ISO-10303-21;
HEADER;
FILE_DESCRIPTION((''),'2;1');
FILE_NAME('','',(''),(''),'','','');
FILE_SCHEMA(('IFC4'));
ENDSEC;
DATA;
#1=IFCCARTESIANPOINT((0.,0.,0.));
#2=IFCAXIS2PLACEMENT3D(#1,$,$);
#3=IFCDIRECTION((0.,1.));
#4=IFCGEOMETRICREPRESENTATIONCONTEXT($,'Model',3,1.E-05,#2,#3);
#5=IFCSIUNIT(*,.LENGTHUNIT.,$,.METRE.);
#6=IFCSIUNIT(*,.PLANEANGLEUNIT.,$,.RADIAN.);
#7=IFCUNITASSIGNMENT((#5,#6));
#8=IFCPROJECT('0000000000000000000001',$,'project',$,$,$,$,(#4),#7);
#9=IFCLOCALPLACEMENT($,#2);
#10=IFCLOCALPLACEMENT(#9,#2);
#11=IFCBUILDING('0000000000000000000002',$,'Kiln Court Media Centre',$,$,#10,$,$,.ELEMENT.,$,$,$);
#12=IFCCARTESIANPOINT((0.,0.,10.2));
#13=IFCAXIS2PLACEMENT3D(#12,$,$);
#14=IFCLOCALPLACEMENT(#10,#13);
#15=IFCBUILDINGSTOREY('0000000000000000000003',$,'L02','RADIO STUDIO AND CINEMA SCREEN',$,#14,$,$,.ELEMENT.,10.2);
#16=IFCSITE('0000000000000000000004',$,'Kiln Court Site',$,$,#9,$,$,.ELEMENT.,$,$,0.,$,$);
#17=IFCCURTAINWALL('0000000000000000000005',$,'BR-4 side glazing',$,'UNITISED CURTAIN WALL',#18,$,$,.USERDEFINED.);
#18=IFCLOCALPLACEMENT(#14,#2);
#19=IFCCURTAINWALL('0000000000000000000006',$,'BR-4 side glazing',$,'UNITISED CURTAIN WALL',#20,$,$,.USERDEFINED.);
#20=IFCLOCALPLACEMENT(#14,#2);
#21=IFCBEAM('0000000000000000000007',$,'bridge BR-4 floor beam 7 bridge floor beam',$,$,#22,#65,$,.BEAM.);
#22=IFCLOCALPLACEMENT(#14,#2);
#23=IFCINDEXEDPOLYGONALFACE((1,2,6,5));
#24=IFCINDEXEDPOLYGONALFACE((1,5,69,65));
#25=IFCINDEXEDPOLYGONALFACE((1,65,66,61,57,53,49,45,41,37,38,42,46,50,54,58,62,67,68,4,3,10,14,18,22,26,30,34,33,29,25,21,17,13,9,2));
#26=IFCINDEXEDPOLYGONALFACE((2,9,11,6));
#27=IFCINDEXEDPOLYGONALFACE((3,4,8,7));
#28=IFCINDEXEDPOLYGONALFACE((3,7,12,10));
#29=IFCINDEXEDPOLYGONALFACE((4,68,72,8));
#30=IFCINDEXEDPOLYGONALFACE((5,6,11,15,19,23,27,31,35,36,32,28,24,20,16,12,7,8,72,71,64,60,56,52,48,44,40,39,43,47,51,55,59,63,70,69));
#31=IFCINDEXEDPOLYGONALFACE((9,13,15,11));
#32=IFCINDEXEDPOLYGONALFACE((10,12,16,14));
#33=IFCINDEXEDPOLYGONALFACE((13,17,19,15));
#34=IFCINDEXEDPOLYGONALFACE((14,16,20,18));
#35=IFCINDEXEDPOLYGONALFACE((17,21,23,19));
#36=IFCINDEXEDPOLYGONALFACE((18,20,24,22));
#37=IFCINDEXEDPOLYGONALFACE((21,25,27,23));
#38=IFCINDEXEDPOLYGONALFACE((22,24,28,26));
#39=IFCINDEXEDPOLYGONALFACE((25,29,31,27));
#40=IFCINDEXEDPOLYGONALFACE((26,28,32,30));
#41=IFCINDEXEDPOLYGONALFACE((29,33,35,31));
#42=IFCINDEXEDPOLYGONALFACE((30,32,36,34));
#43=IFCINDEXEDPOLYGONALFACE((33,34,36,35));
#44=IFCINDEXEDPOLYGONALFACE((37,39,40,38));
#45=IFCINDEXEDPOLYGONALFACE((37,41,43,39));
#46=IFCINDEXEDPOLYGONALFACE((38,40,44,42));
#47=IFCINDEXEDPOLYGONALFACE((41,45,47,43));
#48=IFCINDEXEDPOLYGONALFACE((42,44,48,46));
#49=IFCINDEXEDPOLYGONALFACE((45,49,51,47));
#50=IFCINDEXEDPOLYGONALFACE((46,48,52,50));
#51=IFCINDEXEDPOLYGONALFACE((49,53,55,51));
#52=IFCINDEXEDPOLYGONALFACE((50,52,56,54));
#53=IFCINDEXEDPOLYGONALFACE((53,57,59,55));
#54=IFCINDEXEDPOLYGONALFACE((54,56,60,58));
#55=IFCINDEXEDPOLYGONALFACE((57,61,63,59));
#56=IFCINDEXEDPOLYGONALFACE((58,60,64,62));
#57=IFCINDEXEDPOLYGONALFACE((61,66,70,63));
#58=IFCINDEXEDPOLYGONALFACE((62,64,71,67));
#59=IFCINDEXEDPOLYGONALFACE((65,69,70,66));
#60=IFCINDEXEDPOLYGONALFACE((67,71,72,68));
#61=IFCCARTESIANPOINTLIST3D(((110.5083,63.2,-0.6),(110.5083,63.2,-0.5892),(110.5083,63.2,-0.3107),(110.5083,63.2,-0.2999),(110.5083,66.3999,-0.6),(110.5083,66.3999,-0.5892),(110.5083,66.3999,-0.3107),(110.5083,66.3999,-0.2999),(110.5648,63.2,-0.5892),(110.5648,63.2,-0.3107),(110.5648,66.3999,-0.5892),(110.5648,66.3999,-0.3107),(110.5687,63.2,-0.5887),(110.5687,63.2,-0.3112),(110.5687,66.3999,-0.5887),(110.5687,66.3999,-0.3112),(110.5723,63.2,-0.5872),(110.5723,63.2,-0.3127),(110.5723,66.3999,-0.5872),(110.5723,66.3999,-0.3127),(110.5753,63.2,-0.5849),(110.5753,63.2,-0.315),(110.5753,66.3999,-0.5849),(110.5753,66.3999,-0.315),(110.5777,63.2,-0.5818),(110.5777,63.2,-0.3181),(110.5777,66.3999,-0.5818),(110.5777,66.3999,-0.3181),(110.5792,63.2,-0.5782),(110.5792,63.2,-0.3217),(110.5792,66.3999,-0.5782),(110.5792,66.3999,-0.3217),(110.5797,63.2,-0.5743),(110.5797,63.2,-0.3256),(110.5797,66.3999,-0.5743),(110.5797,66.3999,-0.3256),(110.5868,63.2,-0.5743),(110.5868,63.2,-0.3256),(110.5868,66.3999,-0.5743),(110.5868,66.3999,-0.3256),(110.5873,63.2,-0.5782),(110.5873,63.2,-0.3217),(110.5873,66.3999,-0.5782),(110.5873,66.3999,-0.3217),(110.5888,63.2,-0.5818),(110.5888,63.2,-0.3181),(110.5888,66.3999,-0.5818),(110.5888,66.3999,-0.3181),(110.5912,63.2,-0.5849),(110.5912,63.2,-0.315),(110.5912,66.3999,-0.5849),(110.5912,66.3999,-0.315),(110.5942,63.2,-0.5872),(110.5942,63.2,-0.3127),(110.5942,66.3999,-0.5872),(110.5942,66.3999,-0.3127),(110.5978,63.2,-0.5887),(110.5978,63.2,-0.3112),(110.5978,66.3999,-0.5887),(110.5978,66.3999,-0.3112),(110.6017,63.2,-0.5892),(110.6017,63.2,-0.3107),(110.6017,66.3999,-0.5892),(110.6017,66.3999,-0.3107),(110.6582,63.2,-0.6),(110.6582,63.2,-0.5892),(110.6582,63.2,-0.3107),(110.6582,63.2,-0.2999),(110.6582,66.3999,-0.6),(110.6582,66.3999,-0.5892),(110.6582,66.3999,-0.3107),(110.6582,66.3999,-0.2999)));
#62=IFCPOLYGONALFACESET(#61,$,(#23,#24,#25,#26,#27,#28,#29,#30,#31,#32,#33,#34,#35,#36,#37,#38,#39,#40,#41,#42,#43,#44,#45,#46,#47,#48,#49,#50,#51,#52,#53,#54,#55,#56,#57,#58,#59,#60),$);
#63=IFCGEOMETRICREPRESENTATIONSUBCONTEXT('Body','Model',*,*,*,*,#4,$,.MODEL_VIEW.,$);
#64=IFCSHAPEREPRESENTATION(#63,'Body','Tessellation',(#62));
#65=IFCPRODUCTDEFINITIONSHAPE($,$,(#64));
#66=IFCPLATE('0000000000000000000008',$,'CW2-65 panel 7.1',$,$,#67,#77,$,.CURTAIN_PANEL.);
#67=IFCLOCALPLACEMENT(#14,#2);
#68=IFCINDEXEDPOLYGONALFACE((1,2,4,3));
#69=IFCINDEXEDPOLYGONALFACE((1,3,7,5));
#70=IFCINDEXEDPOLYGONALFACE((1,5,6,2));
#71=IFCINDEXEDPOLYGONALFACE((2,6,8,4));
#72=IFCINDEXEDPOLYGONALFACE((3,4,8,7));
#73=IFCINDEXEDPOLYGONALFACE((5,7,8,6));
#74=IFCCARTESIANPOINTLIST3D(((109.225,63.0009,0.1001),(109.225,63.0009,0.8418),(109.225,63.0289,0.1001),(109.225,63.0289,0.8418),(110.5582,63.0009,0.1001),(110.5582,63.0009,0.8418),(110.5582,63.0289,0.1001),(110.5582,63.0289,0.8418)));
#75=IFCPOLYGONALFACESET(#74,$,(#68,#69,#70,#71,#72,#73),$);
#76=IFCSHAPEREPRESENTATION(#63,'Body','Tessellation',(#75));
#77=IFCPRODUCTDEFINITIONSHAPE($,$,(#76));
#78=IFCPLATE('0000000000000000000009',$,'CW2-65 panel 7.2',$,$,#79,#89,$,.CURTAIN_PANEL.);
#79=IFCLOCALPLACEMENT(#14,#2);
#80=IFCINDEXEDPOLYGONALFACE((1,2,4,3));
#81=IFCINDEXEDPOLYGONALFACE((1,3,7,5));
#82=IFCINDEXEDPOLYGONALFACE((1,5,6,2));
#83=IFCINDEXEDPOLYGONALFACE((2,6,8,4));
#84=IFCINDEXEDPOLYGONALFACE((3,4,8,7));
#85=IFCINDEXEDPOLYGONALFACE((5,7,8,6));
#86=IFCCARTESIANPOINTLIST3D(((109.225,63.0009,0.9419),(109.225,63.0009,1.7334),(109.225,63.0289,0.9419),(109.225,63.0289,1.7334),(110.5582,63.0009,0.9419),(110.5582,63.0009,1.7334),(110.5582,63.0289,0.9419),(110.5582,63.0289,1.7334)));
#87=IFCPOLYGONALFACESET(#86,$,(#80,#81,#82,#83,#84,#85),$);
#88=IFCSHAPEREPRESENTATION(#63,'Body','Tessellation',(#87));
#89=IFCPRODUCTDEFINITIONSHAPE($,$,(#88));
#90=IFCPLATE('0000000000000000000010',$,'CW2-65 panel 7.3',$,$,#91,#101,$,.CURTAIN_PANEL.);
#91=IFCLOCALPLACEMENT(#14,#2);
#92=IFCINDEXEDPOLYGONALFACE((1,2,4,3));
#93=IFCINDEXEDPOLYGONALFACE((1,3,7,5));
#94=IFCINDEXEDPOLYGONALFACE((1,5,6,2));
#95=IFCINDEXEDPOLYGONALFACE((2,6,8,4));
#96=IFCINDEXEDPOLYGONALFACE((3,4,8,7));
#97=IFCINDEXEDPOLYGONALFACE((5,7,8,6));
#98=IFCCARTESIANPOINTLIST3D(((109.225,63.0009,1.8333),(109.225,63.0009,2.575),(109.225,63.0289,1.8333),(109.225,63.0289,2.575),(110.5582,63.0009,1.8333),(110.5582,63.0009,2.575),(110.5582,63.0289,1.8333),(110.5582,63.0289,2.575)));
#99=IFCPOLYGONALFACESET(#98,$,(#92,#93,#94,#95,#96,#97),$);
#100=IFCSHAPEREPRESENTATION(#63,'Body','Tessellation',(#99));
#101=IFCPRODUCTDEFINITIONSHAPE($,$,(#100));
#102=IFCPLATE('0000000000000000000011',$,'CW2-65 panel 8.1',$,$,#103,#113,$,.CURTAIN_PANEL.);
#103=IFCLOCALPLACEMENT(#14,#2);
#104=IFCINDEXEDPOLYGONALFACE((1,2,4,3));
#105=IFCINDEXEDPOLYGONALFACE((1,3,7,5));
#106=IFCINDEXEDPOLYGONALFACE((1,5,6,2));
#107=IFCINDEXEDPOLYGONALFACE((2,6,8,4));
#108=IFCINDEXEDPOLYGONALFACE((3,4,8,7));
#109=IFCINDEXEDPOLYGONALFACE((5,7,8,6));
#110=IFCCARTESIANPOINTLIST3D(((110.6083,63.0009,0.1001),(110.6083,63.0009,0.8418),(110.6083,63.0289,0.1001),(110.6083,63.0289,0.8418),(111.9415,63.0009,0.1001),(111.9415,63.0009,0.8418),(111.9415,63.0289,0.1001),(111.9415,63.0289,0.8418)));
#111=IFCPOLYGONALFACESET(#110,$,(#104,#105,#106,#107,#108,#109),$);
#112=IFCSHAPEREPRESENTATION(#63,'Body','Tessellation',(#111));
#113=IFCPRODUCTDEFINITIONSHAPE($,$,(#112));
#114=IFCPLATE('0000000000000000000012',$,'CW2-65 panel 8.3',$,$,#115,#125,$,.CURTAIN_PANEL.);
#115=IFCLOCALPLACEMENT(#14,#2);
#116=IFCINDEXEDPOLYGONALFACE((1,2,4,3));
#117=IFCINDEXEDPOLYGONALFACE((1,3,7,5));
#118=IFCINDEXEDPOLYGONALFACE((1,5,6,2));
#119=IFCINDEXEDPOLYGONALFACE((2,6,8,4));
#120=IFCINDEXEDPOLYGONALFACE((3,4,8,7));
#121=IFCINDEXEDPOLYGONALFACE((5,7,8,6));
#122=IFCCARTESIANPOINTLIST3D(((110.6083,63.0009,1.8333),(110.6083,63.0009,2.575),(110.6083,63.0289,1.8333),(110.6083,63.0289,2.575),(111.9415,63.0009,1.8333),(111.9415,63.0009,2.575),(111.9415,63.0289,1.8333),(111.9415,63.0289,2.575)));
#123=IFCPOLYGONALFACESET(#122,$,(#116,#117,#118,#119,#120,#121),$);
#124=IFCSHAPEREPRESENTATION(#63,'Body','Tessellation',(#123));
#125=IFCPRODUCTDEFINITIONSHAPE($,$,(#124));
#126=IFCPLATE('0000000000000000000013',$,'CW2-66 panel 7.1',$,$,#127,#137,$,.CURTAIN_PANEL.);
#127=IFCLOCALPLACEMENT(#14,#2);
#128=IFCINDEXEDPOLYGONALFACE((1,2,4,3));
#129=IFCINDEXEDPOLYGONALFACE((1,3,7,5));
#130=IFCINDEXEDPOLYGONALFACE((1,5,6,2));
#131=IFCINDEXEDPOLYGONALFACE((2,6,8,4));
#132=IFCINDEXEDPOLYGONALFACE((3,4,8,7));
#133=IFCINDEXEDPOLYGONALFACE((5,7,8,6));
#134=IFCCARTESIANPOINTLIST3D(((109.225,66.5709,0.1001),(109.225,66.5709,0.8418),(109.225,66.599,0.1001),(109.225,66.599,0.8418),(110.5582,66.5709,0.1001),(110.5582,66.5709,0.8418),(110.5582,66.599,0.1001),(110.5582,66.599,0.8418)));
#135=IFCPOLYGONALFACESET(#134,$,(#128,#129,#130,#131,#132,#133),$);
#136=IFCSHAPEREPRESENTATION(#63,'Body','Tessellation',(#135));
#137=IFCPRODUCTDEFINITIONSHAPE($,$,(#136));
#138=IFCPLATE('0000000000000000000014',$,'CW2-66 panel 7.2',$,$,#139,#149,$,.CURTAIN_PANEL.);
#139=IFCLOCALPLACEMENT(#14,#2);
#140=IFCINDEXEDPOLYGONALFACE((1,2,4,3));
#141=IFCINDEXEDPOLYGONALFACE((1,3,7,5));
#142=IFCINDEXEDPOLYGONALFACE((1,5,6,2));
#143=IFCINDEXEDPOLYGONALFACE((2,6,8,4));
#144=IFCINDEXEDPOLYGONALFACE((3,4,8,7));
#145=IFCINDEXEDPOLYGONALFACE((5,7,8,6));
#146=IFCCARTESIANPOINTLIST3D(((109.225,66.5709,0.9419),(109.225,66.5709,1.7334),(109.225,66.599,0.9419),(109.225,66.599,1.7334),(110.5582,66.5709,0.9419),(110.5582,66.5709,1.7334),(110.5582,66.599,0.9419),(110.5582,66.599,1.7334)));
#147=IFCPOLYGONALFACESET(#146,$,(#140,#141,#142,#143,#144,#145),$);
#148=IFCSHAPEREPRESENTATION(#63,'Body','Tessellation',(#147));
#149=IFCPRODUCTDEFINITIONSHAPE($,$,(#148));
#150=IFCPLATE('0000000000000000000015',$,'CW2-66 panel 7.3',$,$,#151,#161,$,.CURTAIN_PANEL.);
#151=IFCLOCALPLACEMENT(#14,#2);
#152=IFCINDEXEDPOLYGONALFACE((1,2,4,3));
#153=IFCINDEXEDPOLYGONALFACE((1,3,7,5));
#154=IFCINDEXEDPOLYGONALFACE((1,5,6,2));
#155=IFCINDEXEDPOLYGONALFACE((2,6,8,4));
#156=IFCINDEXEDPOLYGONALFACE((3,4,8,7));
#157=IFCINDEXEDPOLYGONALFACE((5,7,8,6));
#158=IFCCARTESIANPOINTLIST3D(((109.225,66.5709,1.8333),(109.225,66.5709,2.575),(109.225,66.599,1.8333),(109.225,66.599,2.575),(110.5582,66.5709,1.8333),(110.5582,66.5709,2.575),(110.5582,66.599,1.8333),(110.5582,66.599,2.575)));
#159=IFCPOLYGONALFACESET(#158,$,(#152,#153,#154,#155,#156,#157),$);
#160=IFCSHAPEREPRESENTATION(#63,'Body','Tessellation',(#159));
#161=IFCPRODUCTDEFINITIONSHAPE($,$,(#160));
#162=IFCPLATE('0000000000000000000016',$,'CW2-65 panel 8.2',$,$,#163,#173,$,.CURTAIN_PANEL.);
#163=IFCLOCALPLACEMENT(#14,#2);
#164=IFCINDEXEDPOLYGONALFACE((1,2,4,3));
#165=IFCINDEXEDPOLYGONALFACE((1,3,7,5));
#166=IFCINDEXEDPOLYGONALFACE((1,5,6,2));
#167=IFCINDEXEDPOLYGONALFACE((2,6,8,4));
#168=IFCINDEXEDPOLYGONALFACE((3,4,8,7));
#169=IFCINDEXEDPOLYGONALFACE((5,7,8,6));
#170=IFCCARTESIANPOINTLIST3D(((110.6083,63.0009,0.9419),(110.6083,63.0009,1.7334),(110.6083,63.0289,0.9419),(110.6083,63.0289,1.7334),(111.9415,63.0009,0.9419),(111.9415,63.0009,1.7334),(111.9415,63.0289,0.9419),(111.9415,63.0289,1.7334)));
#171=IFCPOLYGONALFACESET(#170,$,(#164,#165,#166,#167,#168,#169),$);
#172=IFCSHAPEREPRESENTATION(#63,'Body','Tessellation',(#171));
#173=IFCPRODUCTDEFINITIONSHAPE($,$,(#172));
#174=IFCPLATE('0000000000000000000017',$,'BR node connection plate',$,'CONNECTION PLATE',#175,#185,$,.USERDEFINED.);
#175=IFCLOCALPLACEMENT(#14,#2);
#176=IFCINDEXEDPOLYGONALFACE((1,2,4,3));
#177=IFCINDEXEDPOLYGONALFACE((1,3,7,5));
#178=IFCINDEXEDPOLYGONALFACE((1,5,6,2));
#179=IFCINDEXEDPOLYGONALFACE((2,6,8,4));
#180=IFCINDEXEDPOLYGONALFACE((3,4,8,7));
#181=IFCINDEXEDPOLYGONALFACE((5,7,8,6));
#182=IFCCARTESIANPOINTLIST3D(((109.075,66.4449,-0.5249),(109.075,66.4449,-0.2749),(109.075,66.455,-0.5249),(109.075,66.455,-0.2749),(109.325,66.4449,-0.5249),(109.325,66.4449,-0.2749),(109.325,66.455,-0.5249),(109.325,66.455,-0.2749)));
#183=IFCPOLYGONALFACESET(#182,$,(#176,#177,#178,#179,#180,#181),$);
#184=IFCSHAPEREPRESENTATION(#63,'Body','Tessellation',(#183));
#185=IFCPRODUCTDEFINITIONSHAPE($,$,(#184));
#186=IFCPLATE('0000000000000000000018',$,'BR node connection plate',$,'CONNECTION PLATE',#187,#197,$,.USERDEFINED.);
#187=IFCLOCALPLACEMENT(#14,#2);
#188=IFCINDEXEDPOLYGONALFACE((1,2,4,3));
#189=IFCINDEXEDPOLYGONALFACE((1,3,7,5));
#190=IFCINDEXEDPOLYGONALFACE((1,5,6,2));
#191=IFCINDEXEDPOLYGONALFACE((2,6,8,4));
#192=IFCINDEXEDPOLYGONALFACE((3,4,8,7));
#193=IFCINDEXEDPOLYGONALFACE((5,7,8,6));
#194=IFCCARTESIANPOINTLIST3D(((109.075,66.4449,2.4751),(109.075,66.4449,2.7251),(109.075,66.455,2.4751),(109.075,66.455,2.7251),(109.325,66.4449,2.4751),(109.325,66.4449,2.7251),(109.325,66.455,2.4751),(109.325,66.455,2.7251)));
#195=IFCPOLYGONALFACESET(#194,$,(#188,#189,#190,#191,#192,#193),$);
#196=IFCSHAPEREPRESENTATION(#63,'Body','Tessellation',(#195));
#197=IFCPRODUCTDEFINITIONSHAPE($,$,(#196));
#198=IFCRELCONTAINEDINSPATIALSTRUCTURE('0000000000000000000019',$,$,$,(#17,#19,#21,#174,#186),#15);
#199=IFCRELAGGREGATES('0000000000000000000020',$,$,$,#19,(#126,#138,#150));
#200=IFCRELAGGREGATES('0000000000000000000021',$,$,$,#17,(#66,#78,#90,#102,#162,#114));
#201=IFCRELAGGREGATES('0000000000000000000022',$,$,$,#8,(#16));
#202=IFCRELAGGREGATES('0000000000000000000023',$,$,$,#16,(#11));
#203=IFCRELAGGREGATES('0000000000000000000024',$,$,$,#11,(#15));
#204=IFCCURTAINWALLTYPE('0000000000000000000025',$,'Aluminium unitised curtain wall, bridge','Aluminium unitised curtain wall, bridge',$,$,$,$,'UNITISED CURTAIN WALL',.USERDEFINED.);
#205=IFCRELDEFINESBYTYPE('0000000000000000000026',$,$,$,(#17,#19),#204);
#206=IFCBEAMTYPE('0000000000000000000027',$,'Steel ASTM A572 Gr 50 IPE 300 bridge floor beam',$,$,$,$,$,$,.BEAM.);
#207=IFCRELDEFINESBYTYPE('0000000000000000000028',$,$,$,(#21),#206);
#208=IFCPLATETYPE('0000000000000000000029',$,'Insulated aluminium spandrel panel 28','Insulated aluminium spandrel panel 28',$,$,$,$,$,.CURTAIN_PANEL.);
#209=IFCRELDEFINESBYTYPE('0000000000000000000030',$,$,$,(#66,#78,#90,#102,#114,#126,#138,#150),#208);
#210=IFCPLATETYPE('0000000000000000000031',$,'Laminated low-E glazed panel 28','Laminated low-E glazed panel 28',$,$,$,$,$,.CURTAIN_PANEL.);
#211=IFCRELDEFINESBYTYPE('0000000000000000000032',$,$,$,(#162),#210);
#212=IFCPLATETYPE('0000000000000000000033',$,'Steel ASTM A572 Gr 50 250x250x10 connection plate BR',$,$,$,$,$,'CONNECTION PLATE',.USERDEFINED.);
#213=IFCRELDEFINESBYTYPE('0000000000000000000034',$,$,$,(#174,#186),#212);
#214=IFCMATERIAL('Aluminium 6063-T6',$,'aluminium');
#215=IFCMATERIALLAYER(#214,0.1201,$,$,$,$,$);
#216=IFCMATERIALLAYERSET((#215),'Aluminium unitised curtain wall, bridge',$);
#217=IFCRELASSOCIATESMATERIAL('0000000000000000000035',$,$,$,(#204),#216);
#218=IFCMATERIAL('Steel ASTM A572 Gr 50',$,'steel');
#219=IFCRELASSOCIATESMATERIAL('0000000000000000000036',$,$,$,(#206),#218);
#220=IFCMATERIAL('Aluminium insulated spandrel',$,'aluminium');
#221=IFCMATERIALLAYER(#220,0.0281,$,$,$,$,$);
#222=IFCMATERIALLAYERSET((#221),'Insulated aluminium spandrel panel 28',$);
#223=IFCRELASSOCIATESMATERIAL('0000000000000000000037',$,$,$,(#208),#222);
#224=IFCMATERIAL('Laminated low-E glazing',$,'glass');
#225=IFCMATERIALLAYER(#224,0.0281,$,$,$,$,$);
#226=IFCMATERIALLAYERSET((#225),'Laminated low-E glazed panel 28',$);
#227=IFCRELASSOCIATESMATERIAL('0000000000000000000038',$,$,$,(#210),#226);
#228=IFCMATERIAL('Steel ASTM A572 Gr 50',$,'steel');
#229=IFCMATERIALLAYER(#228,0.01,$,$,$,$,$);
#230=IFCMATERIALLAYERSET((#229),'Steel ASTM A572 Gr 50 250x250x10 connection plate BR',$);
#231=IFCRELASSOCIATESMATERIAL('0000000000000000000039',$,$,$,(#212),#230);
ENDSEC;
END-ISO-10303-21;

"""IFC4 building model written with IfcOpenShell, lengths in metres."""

from ifc_helpers import new_model, si_unit, direction, frame, origin, origin_2d, place, context, subcontext, project, spatial, rectangle, i_section, extrude, material, layer, layer_set, material_profile, profile_set, type_object, element, aggregate, save


model = new_model("IFC4")

# Units and contexts
model_context = context("Model", 3, precision=1e-05, world=origin(), true_north=direction((0.0, 1.0)))
body_context = subcontext(model_context, "Body", "Model", "MODEL_VIEW")
ifc_project = project(units=[si_unit("LENGTHUNIT", "METRE"), si_unit("PLANEANGLEUNIT", "RADIAN")], contexts=[model_context])

# Site, building, storey
site_placement = place(None, origin())
site = spatial("IfcSite", under=ifc_project, at=site_placement, Name="Kiln Court Site", CompositionType="ELEMENT", RefElevation=0.0)
building_placement = place(site_placement, origin())
building = spatial("IfcBuilding", under=site, at=building_placement, Name="Kiln Court Media Centre", CompositionType="ELEMENT")
storey_placement = place(building_placement, frame((0.0, 0.0, 10.2)))
storey = spatial("IfcBuildingStorey", under=building, at=storey_placement, Name="L02", Description="RADIO STUDIO AND CINEMA SCREEN", CompositionType="ELEMENT", Elevation=10.2)

# Curtain wall
ifc_material_1 = material(Name="Aluminium 6063-T6", Category="aluminium")
ifc_layer_1 = layer(ifc_material_1, 0.1201)
ifc_layer_set_1 = layer_set([ifc_layer_1], Name="Aluminium unitised curtain wall, bridge")
curtain_wall_type = type_object("IfcCurtainWallType", Name="Aluminium unitised curtain wall, bridge", Description="Aluminium unitised curtain wall, bridge", ElementType="UNITISED CURTAIN WALL", PredefinedType="USERDEFINED", material=ifc_layer_set_1)
curtain_wall_1_placement = place(storey_placement, origin())
curtain_wall_1 = element("IfcCurtainWall", 1, at=curtain_wall_1_placement, inside=storey, type_object=curtain_wall_type, Name="BR-4 side glazing", ObjectType="UNITISED CURTAIN WALL", PredefinedType="USERDEFINED")

# Curtain wall
curtain_wall_2_placement = place(storey_placement, origin())
curtain_wall_2 = element("IfcCurtainWall", 2, at=curtain_wall_2_placement, inside=storey, type_object=curtain_wall_type, Name="BR-4 side glazing", ObjectType="UNITISED CURTAIN WALL", PredefinedType="USERDEFINED")

# Beam
ifc_material_2 = material(Name="Steel ASTM A572 Gr 50", Category="steel")
ifc_material_profile_1 = material_profile(ifc_material_2, i_section(OverallWidth=0.1499, OverallDepth=0.3, WebThickness=0.0071, FlangeThickness=0.0107, FilletRadius=0.0149, at=origin_2d()), Name="IPE 300")
ifc_profile_set_1 = profile_set([ifc_material_profile_1], Name="Steel ASTM A572 Gr 50")
beam_type = type_object("IfcBeamType", Name="Steel ASTM A572 Gr 50 IPE 300 bridge floor beam", PredefinedType="BEAM", material=ifc_profile_set_1)
for number, where, z_axis, x_axis, name in (
    (3, (110.5833, 63.2, -0.45), (0.0, 1.0, 0.0), (-1.0, 0.0, 0.0), "bridge BR-4 floor beam 7 bridge floor beam"),
):
    element("IfcBeam", number, at=place(storey_placement, frame(where, z_axis=z_axis, x_axis=x_axis)), inside=storey, type_object=beam_type, Name=name, PredefinedType="BEAM", context=body_context, shape_type="SweptSolid", body=[
        extrude(i_section(OverallWidth=0.1499, OverallDepth=0.3, WebThickness=0.0071, FlangeThickness=0.0107, FilletRadius=0.0149, at=origin_2d()), origin(), (0.0, 0.0, 1.0), 3.2),
    ])

# Plates
ifc_material_3 = material(Name="Aluminium insulated spandrel", Category="aluminium")
ifc_layer_2 = layer(ifc_material_3, 0.0281)
ifc_layer_set_2 = layer_set([ifc_layer_2], Name="Insulated aluminium spandrel panel 28")
plate_type_1 = type_object("IfcPlateType", Name="Insulated aluminium spandrel panel 28", Description="Insulated aluminium spandrel panel 28", PredefinedType="CURTAIN_PANEL", material=ifc_layer_set_2)
plate_1_placement = place(storey_placement, frame((109.8916, 63.0149, 0.1001), z_axis=(0.0, 0.0, 1.0), x_axis=(1.0, 0.0, 0.0)))
plate_1 = element("IfcPlate", 4, at=plate_1_placement, type_object=plate_type_1, Name="CW2-65 panel 7.1", PredefinedType="CURTAIN_PANEL", context=body_context, shape_type="SweptSolid", body=[
    extrude(rectangle(XDim=1.3333, YDim=0.0281, at=origin_2d()), origin(), (0.0, 0.0, 1.0), 0.7417),
])
plate_2_placement = place(storey_placement, frame((109.8916, 63.0149, 0.9419), z_axis=(0.0, 0.0, 1.0), x_axis=(1.0, 0.0, 0.0)))
plate_2 = element("IfcPlate", 5, at=plate_2_placement, type_object=plate_type_1, Name="CW2-65 panel 7.2", PredefinedType="CURTAIN_PANEL", context=body_context, shape_type="SweptSolid", body=[
    extrude(rectangle(XDim=1.3333, YDim=0.0281, at=origin_2d()), origin(), (0.0, 0.0, 1.0), 0.7915),
])
plate_3_placement = place(storey_placement, frame((109.8916, 63.0149, 1.8333), z_axis=(0.0, 0.0, 1.0), x_axis=(1.0, 0.0, 0.0)))
plate_3 = element("IfcPlate", 6, at=plate_3_placement, type_object=plate_type_1, Name="CW2-65 panel 7.3", PredefinedType="CURTAIN_PANEL", context=body_context, shape_type="SweptSolid", body=[
    extrude(rectangle(XDim=1.3333, YDim=0.0281, at=origin_2d()), origin(), (0.0, 0.0, 1.0), 0.7417),
])
plate_4_placement = place(storey_placement, frame((111.2749, 63.0149, 0.1001), z_axis=(0.0, 0.0, 1.0), x_axis=(1.0, 0.0, 0.0)))
plate_4 = element("IfcPlate", 7, at=plate_4_placement, type_object=plate_type_1, Name="CW2-65 panel 8.1", PredefinedType="CURTAIN_PANEL", context=body_context, shape_type="SweptSolid", body=[
    extrude(rectangle(XDim=1.3333, YDim=0.0281, at=origin_2d()), origin(), (0.0, 0.0, 1.0), 0.7417),
])
plate_5_placement = place(storey_placement, frame((111.2749, 63.0149, 1.8333), z_axis=(0.0, 0.0, 1.0), x_axis=(1.0, 0.0, 0.0)))
plate_5 = element("IfcPlate", 8, at=plate_5_placement, type_object=plate_type_1, Name="CW2-65 panel 8.3", PredefinedType="CURTAIN_PANEL", context=body_context, shape_type="SweptSolid", body=[
    extrude(rectangle(XDim=1.3333, YDim=0.0281, at=origin_2d()), origin(), (0.0, 0.0, 1.0), 0.7417),
])
plate_6_placement = place(storey_placement, frame((109.8916, 66.585, 0.1001), z_axis=(0.0, 0.0, 1.0), x_axis=(1.0, 0.0, 0.0)))
plate_6 = element("IfcPlate", 9, at=plate_6_placement, type_object=plate_type_1, Name="CW2-66 panel 7.1", PredefinedType="CURTAIN_PANEL", context=body_context, shape_type="SweptSolid", body=[
    extrude(rectangle(XDim=1.3333, YDim=0.0281, at=origin_2d()), origin(), (0.0, 0.0, 1.0), 0.7417),
])
plate_7_placement = place(storey_placement, frame((109.8916, 66.585, 0.9419), z_axis=(0.0, 0.0, 1.0), x_axis=(1.0, 0.0, 0.0)))
plate_7 = element("IfcPlate", 10, at=plate_7_placement, type_object=plate_type_1, Name="CW2-66 panel 7.2", PredefinedType="CURTAIN_PANEL", context=body_context, shape_type="SweptSolid", body=[
    extrude(rectangle(XDim=1.3333, YDim=0.0281, at=origin_2d()), origin(), (0.0, 0.0, 1.0), 0.7915),
])
plate_8_placement = place(storey_placement, frame((109.8916, 66.585, 1.8333), z_axis=(0.0, 0.0, 1.0), x_axis=(1.0, 0.0, 0.0)))
plate_8 = element("IfcPlate", 11, at=plate_8_placement, type_object=plate_type_1, Name="CW2-66 panel 7.3", PredefinedType="CURTAIN_PANEL", context=body_context, shape_type="SweptSolid", body=[
    extrude(rectangle(XDim=1.3333, YDim=0.0281, at=origin_2d()), origin(), (0.0, 0.0, 1.0), 0.7417),
])
aggregate(curtain_wall_2, [plate_6, plate_7, plate_8])
ifc_material_4 = material(Name="Laminated low-E glazing", Category="glass")
ifc_layer_3 = layer(ifc_material_4, 0.0281)
ifc_layer_set_3 = layer_set([ifc_layer_3], Name="Laminated low-E glazed panel 28")
plate_type_2 = type_object("IfcPlateType", Name="Laminated low-E glazed panel 28", Description="Laminated low-E glazed panel 28", PredefinedType="CURTAIN_PANEL", material=ifc_layer_set_3)
plate_9_placement = place(storey_placement, frame((111.2749, 63.0149, 0.9419), z_axis=(0.0, 0.0, 1.0), x_axis=(1.0, 0.0, 0.0)))
plate_9 = element("IfcPlate", 12, at=plate_9_placement, type_object=plate_type_2, Name="CW2-65 panel 8.2", PredefinedType="CURTAIN_PANEL", context=body_context, shape_type="SweptSolid", body=[
    extrude(rectangle(XDim=1.3333, YDim=0.0281, at=origin_2d()), origin(), (0.0, 0.0, 1.0), 0.7915),
])
aggregate(curtain_wall_1, [plate_1, plate_2, plate_3, plate_4, plate_9, plate_5])

# Plates
ifc_material_5 = material(Name="Steel ASTM A572 Gr 50", Category="steel")
ifc_layer_4 = layer(ifc_material_5, 0.01)
ifc_layer_set_4 = layer_set([ifc_layer_4], Name="Steel ASTM A572 Gr 50 250x250x10 connection plate BR")
plate_type_3 = type_object("IfcPlateType", Name="Steel ASTM A572 Gr 50 250x250x10 connection plate BR", ElementType="CONNECTION PLATE", PredefinedType="USERDEFINED", material=ifc_layer_set_4)
for number, where, z_axis, x_axis, name in (
    (13, (109.2, 66.45, -0.5249), (0.0, 0.0, 1.0), (1.0, 0.0, 0.0), "BR node connection plate"),
    (14, (109.2, 66.45, 2.4751), (0.0, 0.0, 1.0), (1.0, 0.0, 0.0), "BR node connection plate"),
):
    element("IfcPlate", number, at=place(storey_placement, frame(where, z_axis=z_axis, x_axis=x_axis)), inside=storey, type_object=plate_type_3, Name=name, ObjectType="CONNECTION PLATE", PredefinedType="USERDEFINED", context=body_context, shape_type="SweptSolid", body=[
        extrude(rectangle(XDim=0.25, YDim=0.01, at=origin_2d()), origin(), (0.0, 0.0, 1.0), 0.25),
    ])

save(model, "model.ifc")
